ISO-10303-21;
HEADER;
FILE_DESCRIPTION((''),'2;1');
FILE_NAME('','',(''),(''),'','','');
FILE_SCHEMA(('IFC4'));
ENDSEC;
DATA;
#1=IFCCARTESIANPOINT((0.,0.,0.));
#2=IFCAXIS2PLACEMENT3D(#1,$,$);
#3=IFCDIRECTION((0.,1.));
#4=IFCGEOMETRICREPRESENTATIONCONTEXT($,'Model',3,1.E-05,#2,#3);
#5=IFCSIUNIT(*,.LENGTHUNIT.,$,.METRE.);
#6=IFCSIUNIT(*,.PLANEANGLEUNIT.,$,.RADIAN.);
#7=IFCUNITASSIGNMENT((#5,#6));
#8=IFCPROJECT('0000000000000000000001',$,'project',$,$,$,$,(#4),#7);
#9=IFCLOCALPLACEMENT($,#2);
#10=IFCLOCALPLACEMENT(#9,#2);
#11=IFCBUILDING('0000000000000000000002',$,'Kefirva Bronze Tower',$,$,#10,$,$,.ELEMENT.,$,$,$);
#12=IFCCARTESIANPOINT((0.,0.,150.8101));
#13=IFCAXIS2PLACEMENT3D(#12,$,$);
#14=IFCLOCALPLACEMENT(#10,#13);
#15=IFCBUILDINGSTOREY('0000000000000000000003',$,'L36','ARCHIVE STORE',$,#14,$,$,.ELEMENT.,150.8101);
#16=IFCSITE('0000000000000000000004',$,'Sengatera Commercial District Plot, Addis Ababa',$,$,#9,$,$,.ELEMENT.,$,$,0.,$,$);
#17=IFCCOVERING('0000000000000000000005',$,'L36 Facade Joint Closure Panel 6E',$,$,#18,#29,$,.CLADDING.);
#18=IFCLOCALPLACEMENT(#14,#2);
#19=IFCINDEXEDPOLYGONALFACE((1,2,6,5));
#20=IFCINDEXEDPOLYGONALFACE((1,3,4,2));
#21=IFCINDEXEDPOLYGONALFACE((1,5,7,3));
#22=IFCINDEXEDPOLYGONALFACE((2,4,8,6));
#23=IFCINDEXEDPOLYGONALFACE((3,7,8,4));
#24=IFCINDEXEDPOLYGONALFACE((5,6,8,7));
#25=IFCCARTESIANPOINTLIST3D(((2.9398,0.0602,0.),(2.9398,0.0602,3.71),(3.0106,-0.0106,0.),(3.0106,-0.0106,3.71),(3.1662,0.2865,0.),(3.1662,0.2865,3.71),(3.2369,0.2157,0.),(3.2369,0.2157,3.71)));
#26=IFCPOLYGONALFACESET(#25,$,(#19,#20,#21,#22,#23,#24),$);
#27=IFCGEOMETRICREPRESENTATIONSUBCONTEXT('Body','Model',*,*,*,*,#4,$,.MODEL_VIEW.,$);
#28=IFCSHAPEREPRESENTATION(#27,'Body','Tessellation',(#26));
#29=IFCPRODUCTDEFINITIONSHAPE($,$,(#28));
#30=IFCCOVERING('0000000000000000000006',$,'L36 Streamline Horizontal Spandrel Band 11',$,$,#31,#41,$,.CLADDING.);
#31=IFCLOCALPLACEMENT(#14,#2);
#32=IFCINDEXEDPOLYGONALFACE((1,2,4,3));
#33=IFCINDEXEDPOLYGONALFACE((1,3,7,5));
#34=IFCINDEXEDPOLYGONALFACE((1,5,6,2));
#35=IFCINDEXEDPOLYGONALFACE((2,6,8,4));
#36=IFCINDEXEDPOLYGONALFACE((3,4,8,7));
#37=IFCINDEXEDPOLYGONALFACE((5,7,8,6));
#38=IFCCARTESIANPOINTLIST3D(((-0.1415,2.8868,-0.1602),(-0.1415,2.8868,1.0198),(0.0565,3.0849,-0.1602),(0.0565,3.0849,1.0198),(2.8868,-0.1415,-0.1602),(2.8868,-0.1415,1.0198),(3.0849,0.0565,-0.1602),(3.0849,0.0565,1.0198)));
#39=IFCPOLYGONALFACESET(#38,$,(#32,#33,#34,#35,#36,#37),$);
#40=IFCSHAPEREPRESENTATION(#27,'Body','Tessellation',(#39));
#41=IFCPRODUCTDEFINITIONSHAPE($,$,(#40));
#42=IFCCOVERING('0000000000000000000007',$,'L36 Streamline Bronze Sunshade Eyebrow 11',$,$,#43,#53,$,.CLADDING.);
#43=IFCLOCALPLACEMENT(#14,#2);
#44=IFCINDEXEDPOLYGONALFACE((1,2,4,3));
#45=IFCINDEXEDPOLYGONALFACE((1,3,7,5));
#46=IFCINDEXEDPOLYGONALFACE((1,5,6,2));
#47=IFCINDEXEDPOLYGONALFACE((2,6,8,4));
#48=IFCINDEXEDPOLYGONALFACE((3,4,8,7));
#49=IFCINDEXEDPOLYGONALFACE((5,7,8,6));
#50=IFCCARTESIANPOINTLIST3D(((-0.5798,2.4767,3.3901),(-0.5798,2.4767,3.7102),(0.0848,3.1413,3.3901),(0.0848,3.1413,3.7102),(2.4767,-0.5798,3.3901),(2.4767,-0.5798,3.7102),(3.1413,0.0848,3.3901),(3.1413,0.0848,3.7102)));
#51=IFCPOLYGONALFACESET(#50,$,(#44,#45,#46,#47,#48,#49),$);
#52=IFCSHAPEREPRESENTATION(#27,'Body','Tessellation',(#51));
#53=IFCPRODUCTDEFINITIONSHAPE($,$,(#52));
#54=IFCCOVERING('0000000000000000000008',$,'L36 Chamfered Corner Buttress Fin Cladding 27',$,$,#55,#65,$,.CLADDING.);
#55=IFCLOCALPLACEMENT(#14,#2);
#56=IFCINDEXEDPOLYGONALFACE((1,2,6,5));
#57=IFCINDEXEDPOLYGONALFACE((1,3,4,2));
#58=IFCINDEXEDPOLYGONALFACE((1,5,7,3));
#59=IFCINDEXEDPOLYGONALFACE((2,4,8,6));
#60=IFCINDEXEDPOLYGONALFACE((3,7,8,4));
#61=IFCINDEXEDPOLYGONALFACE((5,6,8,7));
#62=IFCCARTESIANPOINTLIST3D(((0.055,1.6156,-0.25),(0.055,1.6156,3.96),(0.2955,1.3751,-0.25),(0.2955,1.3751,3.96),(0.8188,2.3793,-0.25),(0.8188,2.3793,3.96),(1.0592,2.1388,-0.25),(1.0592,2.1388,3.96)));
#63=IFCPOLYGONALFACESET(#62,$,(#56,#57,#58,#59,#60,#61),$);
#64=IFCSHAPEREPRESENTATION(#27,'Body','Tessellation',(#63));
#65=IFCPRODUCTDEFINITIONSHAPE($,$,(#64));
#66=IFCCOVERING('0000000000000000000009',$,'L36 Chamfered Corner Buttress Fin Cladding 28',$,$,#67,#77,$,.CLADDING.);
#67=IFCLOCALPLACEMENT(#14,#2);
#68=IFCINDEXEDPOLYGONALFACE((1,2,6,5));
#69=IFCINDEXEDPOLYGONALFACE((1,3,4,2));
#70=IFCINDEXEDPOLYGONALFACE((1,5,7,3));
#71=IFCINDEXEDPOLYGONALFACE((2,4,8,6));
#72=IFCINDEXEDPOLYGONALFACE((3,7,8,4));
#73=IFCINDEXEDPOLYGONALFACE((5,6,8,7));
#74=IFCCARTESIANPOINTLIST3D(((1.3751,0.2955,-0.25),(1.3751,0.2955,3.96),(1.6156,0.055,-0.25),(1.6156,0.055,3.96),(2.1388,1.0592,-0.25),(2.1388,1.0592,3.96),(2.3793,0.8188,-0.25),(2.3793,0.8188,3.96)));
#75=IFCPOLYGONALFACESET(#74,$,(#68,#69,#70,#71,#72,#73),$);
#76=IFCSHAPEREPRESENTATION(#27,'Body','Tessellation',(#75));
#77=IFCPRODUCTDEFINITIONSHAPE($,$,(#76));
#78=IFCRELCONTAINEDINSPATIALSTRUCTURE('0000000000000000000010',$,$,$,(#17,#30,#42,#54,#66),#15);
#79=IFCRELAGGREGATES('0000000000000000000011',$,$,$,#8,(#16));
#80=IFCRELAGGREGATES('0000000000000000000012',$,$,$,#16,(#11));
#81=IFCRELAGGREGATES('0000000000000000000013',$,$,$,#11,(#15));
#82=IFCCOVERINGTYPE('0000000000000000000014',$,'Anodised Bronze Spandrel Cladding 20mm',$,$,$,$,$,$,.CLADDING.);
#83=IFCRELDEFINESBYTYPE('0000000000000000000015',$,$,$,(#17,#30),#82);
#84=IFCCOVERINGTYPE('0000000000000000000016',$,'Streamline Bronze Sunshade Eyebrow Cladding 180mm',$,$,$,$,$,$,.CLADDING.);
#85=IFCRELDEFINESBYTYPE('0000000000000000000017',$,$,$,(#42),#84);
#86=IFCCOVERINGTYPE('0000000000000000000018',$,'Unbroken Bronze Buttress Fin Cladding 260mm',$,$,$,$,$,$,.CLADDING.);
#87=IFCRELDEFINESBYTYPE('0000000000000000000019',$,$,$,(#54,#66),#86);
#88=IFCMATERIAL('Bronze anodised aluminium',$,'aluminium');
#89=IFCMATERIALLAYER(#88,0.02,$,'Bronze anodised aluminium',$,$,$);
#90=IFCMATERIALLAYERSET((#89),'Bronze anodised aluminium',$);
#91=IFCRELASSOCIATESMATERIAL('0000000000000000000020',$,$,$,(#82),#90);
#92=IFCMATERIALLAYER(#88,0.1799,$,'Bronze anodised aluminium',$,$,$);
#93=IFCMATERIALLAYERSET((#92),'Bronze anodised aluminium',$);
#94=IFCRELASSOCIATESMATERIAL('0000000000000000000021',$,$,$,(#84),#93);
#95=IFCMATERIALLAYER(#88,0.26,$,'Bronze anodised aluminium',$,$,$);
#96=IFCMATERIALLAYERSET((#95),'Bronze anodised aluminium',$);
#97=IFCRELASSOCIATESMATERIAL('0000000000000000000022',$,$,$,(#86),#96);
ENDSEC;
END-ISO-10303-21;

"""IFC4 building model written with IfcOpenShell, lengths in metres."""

from ifc_helpers import new_model, si_unit, direction, frame, origin, origin_2d, place, context, subcontext, project, spatial, rectangle, extrude, material, layer, layer_set, type_object, element, save


model = new_model("IFC4")

# Units and contexts
model_context = context("Model", 3, precision=1e-05, world=origin(), true_north=direction((0.0, 1.0)))
body_context = subcontext(model_context, "Body", "Model", "MODEL_VIEW")
ifc_project = project(units=[si_unit("LENGTHUNIT", "METRE"), si_unit("PLANEANGLEUNIT", "RADIAN")], contexts=[model_context])

# Site, building, storey
site_placement = place(None, origin())
site = spatial("IfcSite", under=ifc_project, at=site_placement, Name="Sengatera Commercial District Plot, Addis Ababa", CompositionType="ELEMENT", RefElevation=0.0)
building_placement = place(site_placement, origin())
building = spatial("IfcBuilding", under=site, at=building_placement, Name="Kefirva Bronze Tower", CompositionType="ELEMENT")
storey_placement = place(building_placement, frame((0.0, 0.0, 150.8101)))
storey = spatial("IfcBuildingStorey", under=building, at=storey_placement, Name="L36", Description="ARCHIVE STORE", CompositionType="ELEMENT", Elevation=150.8101)

# Shared definitions
ifc_material_1 = material(Name="Bronze anodised aluminium", Category="aluminium")

# Coverings
ifc_layer_1 = layer(ifc_material_1, 0.02, Name="Bronze anodised aluminium")
ifc_layer_set_1 = layer_set([ifc_layer_1], Name="Bronze anodised aluminium")
covering_type_1 = type_object("IfcCoveringType", Name="Anodised Bronze Spandrel Cladding 20mm", PredefinedType="CLADDING", material=ifc_layer_set_1)
for number, where, z_axis, x_axis, name in (
    (1, (3.0884, 0.1379, 0.0), (0.0, 0.0, 1.0), (0.707107, -0.707107, 0.0), "L36 Facade Joint Closure Panel 6E"),
):
    element("IfcCovering", number, at=place(storey_placement, frame(where, z_axis=z_axis, x_axis=x_axis)), inside=storey, type_object=covering_type_1, Name=name, PredefinedType="CLADDING", context=body_context, shape_type="SweptSolid", body=[
        extrude(rectangle(XDim=0.1001, YDim=0.3201, at=origin_2d()), origin(), (0.0, 0.0, 1.0), 3.71),
    ])
covering_1_placement = place(storey_placement, frame((1.4717, 1.4717, -0.1602), z_axis=(0.0, 0.0, 1.0), x_axis=(0.707107, -0.707107, 0.0)))
element("IfcCovering", 2, at=covering_1_placement, inside=storey, type_object=covering_type_1, Name="L36 Streamline Horizontal Spandrel Band 11", PredefinedType="CLADDING", context=body_context, shape_type="SweptSolid", body=[
    extrude(rectangle(XDim=4.2827, YDim=0.28, at=origin_2d()), origin(), (0.0, 0.0, 1.0), 1.1799),
])
ifc_layer_2 = layer(ifc_material_1, 0.1799, Name="Bronze anodised aluminium")
ifc_layer_set_2 = layer_set([ifc_layer_2], Name="Bronze anodised aluminium")
covering_type_2 = type_object("IfcCoveringType", Name="Streamline Bronze Sunshade Eyebrow Cladding 180mm", PredefinedType="CLADDING", material=ifc_layer_set_2)
covering_2_placement = place(storey_placement, frame((1.2808, 1.2808, 3.3901), z_axis=(0.0, 0.0, 1.0), x_axis=(0.707107, -0.707107, 0.0)))
element("IfcCovering", 3, at=covering_2_placement, inside=storey, type_object=covering_type_2, Name="L36 Streamline Bronze Sunshade Eyebrow 11", PredefinedType="CLADDING", context=body_context, shape_type="SweptSolid", body=[
    extrude(rectangle(XDim=4.3225, YDim=0.9399, at=origin_2d()), origin(), (0.0, 0.0, 1.0), 0.3201),
])
ifc_layer_3 = layer(ifc_material_1, 0.26, Name="Bronze anodised aluminium")
ifc_layer_set_3 = layer_set([ifc_layer_3], Name="Bronze anodised aluminium")
covering_type_3 = type_object("IfcCoveringType", Name="Unbroken Bronze Buttress Fin Cladding 260mm", PredefinedType="CLADDING", material=ifc_layer_set_3)
for number, where, z_axis, x_axis, name in (
    (4, (0.5571, 1.8772, -0.25), (0.0, 0.0, 1.0), (0.707107, -0.707107, 0.0), "L36 Chamfered Corner Buttress Fin Cladding 27"),
    (5, (1.8772, 0.5571, -0.25), (0.0, 0.0, 1.0), (0.707107, -0.707107, 0.0), "L36 Chamfered Corner Buttress Fin Cladding 28"),
):
    element("IfcCovering", number, at=place(storey_placement, frame(where, z_axis=z_axis, x_axis=x_axis)), inside=storey, type_object=covering_type_3, Name=name, PredefinedType="CLADDING", context=body_context, shape_type="SweptSolid", body=[
        extrude(rectangle(XDim=0.3401, YDim=1.0801, at=origin_2d()), origin(), (0.0, 0.0, 1.0), 4.21),
    ])

save(model, "model.ifc")
